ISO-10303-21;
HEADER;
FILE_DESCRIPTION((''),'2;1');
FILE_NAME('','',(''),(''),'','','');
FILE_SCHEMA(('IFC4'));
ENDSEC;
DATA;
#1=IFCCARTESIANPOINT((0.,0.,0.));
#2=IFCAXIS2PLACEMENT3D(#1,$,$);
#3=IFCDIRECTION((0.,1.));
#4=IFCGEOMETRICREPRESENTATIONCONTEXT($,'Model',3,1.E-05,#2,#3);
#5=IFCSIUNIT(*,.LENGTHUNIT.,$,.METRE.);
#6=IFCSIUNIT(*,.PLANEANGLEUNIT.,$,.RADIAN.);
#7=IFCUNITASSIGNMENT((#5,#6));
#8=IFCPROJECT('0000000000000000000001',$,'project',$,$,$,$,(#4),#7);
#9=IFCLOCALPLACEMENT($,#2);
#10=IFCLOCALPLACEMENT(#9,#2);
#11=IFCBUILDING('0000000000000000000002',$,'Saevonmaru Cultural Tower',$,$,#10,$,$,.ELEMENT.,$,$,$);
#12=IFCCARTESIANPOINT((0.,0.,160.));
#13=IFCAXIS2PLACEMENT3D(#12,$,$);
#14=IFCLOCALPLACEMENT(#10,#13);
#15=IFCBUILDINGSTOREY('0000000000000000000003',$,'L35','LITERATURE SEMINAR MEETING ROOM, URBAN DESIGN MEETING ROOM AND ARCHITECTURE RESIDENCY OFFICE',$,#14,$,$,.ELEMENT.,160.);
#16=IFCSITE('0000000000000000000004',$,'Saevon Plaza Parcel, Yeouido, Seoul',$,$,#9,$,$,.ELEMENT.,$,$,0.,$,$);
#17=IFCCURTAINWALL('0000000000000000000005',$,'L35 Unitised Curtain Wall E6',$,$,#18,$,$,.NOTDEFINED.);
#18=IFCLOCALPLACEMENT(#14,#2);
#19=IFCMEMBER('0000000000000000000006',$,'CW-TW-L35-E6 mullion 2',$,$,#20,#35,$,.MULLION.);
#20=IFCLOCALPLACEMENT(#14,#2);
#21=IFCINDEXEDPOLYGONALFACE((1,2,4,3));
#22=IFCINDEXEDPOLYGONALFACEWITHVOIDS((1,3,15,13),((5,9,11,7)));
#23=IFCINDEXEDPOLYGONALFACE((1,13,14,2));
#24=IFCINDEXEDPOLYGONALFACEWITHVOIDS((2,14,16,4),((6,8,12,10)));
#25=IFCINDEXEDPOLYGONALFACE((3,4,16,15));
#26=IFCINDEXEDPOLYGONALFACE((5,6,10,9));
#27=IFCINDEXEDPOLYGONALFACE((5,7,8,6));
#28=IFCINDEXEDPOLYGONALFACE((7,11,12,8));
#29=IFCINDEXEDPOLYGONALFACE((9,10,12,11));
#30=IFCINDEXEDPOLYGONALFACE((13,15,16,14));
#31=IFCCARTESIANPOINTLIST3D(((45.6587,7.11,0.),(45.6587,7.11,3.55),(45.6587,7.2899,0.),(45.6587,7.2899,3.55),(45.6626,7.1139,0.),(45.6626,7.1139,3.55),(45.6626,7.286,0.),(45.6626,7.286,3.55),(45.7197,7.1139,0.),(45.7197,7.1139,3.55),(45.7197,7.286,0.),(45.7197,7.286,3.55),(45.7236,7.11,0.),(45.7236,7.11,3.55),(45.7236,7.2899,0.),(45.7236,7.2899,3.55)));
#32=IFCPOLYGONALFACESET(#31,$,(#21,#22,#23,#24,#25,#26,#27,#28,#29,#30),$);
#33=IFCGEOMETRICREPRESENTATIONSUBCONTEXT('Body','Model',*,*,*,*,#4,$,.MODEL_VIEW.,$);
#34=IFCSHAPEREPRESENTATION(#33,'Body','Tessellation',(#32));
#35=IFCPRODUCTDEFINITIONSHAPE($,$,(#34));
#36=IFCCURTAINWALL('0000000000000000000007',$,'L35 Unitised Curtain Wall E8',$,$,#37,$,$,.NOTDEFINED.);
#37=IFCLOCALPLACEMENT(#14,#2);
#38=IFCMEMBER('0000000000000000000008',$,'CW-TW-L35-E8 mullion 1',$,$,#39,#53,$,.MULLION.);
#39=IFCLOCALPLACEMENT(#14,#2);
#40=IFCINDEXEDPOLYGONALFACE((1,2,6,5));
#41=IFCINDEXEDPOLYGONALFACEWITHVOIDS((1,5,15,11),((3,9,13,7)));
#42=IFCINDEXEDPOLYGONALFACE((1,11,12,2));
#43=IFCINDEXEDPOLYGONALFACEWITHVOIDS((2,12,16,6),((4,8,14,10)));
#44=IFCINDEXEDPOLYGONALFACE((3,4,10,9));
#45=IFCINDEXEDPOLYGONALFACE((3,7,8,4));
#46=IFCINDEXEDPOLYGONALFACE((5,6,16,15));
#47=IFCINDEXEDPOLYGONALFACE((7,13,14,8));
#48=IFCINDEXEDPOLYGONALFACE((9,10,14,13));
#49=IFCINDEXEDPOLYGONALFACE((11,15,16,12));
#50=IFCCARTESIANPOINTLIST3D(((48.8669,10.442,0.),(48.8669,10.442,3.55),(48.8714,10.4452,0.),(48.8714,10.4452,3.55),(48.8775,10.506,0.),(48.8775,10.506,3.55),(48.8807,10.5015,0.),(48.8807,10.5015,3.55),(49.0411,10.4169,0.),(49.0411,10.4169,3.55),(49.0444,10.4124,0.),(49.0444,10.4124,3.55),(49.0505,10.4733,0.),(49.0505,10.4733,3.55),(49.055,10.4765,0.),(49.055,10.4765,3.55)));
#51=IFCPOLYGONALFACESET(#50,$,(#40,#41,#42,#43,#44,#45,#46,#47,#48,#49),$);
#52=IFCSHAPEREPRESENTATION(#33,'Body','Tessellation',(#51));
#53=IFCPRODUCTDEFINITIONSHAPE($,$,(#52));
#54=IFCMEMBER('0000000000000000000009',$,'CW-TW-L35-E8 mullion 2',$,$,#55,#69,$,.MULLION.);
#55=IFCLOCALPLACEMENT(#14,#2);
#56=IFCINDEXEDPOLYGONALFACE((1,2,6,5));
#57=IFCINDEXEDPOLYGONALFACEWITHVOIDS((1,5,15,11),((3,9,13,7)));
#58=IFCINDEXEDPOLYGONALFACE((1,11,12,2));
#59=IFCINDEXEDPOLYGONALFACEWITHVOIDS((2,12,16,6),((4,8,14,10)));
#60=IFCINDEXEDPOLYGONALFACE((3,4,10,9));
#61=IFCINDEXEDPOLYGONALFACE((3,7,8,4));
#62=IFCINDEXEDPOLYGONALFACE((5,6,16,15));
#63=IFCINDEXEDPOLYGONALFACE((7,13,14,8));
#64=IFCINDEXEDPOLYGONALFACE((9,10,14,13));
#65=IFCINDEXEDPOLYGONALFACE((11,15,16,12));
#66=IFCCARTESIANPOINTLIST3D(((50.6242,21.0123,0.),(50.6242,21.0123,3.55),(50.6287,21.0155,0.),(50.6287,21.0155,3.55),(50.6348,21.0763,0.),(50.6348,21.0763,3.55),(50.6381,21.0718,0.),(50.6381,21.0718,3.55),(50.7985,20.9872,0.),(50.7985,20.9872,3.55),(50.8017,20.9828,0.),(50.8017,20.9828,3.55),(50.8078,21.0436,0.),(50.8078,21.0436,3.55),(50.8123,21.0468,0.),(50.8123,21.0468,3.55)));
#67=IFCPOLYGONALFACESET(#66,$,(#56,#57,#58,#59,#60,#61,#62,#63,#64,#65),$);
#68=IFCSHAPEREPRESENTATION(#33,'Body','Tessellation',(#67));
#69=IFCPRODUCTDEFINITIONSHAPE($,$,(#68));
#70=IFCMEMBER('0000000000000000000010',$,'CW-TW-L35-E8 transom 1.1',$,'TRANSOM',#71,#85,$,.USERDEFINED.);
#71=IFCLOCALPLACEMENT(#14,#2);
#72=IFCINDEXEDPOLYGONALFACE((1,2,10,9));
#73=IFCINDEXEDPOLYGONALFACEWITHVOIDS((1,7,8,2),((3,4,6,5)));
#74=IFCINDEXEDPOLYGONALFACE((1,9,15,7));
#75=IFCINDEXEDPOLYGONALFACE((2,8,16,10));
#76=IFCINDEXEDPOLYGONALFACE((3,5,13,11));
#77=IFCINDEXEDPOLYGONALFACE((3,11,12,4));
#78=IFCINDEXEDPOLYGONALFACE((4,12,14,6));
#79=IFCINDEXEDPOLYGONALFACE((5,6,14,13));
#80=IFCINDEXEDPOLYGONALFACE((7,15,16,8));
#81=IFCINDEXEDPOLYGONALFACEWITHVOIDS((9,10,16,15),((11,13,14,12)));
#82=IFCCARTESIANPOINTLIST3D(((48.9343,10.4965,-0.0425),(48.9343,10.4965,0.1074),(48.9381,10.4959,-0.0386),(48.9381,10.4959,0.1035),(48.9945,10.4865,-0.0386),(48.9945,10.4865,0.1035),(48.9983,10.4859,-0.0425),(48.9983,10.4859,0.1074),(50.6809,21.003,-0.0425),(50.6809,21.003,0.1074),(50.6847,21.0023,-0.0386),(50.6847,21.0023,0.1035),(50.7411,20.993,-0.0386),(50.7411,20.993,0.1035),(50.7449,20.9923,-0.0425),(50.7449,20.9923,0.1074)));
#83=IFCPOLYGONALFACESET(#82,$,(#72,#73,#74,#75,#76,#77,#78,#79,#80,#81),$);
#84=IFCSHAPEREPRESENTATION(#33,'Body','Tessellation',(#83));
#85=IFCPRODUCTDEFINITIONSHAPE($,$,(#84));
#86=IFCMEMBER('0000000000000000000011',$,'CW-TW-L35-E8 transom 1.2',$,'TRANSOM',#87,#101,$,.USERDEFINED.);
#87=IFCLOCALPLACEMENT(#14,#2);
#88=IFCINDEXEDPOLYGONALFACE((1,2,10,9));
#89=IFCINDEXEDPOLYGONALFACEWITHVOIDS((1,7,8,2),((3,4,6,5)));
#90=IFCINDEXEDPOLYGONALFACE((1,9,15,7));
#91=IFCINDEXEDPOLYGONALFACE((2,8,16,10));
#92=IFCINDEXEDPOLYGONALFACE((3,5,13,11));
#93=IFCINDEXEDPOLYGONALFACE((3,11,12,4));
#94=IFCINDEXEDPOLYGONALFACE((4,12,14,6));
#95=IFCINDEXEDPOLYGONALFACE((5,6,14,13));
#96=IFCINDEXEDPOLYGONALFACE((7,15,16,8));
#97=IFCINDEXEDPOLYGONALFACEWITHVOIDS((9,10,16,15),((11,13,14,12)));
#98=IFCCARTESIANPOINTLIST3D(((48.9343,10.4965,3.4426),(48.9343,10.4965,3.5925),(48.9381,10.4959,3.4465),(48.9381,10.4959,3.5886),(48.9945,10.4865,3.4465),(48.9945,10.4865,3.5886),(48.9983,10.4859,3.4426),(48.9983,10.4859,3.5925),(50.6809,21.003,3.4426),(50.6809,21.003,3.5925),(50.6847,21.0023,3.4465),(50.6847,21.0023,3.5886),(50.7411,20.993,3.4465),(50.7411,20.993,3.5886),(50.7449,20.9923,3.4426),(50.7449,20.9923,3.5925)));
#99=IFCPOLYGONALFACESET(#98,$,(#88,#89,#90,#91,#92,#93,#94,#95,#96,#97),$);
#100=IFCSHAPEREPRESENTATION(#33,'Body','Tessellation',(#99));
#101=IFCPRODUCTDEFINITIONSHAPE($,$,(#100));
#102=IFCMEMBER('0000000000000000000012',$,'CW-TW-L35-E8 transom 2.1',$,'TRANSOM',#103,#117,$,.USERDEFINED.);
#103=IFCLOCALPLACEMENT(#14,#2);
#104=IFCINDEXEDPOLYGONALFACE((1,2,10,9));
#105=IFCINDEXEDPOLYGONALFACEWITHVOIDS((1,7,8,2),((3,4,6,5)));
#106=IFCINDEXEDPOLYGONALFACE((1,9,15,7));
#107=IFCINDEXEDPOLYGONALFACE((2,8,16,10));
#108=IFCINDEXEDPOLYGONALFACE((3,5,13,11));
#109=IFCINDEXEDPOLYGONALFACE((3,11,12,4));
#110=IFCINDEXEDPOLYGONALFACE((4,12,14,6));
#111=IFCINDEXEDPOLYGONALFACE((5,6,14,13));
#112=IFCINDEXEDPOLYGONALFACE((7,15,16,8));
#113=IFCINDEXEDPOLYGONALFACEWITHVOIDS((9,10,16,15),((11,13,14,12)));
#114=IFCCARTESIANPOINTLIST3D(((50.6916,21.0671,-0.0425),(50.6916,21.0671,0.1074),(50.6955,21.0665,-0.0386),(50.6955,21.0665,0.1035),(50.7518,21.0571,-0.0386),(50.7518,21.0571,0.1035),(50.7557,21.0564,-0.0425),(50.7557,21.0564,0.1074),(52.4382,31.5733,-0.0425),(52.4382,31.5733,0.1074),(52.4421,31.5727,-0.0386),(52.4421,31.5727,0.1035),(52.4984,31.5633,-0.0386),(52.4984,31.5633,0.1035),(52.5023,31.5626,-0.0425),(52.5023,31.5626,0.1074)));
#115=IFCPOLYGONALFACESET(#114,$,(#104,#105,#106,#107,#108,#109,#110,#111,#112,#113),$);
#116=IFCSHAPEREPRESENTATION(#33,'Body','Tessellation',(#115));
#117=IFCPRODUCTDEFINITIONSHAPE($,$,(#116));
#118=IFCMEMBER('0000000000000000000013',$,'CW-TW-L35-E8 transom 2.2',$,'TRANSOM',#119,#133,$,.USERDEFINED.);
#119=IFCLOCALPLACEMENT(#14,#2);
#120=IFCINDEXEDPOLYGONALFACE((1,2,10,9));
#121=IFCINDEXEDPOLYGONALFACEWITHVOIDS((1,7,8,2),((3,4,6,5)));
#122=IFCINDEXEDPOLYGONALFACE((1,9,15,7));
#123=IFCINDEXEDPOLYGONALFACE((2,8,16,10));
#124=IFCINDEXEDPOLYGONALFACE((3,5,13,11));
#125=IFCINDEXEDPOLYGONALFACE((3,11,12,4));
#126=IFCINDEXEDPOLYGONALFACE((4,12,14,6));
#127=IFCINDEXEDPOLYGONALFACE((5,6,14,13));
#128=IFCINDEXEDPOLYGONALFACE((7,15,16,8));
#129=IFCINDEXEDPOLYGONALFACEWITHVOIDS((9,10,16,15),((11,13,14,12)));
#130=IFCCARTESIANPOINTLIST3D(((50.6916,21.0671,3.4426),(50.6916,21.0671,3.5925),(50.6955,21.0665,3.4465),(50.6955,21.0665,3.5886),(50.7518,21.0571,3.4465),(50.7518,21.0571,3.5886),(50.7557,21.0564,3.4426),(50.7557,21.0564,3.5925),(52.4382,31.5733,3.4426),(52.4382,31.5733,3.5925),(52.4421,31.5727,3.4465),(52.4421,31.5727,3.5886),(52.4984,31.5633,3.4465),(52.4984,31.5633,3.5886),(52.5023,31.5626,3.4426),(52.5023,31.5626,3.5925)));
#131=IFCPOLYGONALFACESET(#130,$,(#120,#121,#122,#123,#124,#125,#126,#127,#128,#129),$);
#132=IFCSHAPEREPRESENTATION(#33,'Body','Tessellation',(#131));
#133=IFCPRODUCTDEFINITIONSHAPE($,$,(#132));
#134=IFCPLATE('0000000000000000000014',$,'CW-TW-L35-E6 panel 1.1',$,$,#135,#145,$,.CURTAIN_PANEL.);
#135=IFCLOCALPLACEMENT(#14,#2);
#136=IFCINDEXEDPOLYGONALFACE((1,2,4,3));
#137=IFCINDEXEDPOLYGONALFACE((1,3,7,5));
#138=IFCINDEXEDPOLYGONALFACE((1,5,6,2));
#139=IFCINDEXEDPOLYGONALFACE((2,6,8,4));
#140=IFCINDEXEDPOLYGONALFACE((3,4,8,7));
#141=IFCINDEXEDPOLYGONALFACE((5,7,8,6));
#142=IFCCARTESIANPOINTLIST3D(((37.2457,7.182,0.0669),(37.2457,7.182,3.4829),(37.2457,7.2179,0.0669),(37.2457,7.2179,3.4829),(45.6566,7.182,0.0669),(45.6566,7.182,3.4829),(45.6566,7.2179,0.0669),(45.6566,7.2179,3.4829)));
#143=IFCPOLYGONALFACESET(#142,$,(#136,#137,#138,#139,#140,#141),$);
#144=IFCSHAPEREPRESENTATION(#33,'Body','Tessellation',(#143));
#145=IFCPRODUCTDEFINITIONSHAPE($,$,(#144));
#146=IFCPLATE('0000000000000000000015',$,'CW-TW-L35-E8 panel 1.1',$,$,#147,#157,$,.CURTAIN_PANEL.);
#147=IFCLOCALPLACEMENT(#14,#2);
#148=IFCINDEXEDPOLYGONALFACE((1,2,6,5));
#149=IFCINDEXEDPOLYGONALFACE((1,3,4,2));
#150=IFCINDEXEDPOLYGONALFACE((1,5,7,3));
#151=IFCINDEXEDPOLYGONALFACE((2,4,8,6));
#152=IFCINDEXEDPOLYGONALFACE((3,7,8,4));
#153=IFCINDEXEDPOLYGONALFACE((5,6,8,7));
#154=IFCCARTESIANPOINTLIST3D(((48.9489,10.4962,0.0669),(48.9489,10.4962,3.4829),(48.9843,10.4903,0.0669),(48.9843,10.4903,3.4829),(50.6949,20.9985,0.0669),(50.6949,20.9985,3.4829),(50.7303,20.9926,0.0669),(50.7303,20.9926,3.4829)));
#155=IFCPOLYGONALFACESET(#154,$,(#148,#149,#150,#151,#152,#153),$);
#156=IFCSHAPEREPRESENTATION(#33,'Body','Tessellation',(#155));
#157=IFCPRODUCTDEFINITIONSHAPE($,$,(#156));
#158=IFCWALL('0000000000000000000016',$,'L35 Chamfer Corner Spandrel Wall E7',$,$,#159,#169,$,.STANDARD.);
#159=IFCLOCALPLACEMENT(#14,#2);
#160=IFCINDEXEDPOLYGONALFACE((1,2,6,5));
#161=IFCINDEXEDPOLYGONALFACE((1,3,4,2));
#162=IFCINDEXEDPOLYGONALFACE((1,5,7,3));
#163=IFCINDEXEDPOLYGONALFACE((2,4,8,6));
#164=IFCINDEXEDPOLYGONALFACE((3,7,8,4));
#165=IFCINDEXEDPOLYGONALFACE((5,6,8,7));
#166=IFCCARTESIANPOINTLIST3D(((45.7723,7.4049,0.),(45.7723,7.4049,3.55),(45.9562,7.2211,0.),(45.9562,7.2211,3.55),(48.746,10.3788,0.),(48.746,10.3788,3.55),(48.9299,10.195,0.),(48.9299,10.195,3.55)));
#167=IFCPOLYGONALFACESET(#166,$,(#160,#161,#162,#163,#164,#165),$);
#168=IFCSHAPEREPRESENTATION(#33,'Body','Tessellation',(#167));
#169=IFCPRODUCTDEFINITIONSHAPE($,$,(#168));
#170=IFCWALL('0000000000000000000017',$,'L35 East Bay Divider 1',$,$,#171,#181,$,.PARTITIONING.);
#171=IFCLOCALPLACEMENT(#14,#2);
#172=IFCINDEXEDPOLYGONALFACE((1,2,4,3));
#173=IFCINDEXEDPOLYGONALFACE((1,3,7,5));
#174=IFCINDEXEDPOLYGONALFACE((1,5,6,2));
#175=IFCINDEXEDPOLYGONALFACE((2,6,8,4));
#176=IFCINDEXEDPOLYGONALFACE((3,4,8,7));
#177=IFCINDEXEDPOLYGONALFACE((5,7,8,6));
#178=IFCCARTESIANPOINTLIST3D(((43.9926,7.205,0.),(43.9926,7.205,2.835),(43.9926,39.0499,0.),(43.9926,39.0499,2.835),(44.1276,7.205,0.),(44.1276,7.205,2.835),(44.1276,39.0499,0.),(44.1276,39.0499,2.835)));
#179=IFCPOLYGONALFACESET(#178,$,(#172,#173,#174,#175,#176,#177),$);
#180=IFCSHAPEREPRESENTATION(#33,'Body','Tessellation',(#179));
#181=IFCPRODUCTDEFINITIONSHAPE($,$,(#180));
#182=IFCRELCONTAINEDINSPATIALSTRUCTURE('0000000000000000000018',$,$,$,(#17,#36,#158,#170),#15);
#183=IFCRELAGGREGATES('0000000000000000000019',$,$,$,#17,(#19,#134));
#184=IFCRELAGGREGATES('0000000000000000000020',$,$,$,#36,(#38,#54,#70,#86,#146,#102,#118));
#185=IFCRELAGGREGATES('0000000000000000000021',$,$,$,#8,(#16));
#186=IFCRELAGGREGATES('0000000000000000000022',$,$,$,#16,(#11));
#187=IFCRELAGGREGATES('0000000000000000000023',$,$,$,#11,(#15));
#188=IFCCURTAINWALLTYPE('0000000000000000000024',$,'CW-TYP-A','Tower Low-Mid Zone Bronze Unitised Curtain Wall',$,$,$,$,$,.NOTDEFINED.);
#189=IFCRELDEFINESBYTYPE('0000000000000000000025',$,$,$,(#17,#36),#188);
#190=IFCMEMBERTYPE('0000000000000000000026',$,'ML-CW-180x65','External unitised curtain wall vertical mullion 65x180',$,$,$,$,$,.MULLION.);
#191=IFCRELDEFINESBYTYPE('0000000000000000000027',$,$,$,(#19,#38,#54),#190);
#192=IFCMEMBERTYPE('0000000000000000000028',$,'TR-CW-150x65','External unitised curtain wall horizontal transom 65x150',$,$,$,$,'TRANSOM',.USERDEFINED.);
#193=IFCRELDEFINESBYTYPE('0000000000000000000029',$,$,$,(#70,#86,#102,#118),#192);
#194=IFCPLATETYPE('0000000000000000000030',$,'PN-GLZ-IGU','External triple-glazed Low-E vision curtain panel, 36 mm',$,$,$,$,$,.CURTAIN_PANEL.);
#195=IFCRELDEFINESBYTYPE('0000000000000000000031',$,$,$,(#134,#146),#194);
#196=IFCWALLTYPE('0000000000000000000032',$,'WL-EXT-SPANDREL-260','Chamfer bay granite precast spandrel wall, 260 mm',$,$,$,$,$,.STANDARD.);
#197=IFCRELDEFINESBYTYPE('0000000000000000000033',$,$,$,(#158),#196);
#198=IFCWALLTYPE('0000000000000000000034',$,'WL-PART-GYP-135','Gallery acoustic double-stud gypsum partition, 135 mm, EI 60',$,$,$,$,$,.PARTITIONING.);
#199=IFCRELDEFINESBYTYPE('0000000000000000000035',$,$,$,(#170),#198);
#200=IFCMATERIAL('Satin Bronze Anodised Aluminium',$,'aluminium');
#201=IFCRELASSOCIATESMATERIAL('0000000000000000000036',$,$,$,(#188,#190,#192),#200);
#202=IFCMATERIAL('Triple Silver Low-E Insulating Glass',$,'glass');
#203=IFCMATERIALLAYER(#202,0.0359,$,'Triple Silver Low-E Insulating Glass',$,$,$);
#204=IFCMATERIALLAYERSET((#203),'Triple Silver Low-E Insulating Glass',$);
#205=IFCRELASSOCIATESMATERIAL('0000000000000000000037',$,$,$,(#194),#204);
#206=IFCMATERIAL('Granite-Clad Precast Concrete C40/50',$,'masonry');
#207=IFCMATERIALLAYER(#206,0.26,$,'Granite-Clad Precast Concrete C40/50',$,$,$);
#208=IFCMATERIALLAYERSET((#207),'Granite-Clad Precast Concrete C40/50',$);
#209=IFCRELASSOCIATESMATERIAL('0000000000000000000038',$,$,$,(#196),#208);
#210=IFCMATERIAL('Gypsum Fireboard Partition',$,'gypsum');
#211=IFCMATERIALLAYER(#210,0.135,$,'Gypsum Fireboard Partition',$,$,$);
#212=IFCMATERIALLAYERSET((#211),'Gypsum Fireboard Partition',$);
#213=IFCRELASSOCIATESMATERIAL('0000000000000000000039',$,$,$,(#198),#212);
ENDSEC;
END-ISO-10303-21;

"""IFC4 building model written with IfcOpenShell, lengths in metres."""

from ifc_helpers import new_model, si_unit, direction, frame, frame_2d, origin, origin_2d, place, context, subcontext, project, spatial, rectangle, hollow_rectangle, extrude, material, layer, layer_set, material_profile, profile_set, type_object, element, aggregate, save


model = new_model("IFC4")

# Units and contexts
model_context = context("Model", 3, precision=1e-05, world=origin(), true_north=direction((0.0, 1.0)))
body_context = subcontext(model_context, "Body", "Model", "MODEL_VIEW")
ifc_project = project(units=[si_unit("LENGTHUNIT", "METRE"), si_unit("PLANEANGLEUNIT", "RADIAN")], contexts=[model_context])

# Site, building, storey
site_placement = place(None, origin())
site = spatial("IfcSite", under=ifc_project, at=site_placement, Name="Saevon Plaza Parcel, Yeouido, Seoul", CompositionType="ELEMENT", RefElevation=0.0)
building_placement = place(site_placement, origin())
building = spatial("IfcBuilding", under=site, at=building_placement, Name="Saevonmaru Cultural Tower", CompositionType="ELEMENT")
storey_placement = place(building_placement, frame((0.0, 0.0, 160.0)))
storey = spatial("IfcBuildingStorey", under=building, at=storey_placement, Name="L35", Description="LITERATURE SEMINAR MEETING ROOM, URBAN DESIGN MEETING ROOM AND ARCHITECTURE RESIDENCY OFFICE", CompositionType="ELEMENT", Elevation=160.0)

# Curtain wall, member
ifc_material_1 = material(Name="Satin Bronze Anodised Aluminium", Category="aluminium")
curtain_wall_type = type_object("IfcCurtainWallType", Name="CW-TYP-A", Description="Tower Low-Mid Zone Bronze Unitised Curtain Wall", PredefinedType="NOTDEFINED", material=ifc_material_1)
curtain_wall_1_placement = place(storey_placement, origin())
curtain_wall_1 = element("IfcCurtainWall", 1, at=curtain_wall_1_placement, inside=storey, type_object=curtain_wall_type, Name="L35 Unitised Curtain Wall E6", PredefinedType="NOTDEFINED")
ifc_material_profile_1 = material_profile(ifc_material_1, hollow_rectangle(XDim=0.0649, YDim=0.1799, WallThickness=0.0039, at=origin_2d()), Name="ALU-MULL-180x65x4")
ifc_profile_set_1 = profile_set([ifc_material_profile_1], Name="Satin Bronze Anodised Aluminium")
member_type_1 = type_object("IfcMemberType", Name="ML-CW-180x65", Description="External unitised curtain wall vertical mullion 65x180", PredefinedType="MULLION", material=ifc_profile_set_1)
member_1_placement = place(storey_placement, frame((45.6912, 7.2, 0.0), z_axis=(0.0, 0.0, 1.0), x_axis=(1.0, 0.0, 0.0)))
member_1 = element("IfcMember", 2, at=member_1_placement, type_object=member_type_1, Name="CW-TW-L35-E6 mullion 2", PredefinedType="MULLION", context=body_context, shape_type="SweptSolid", body=[
    extrude(hollow_rectangle(XDim=0.0649, YDim=0.1799, WallThickness=0.0039, at=origin_2d()), origin(), (0.0, 0.0, 1.0), 3.55),
])

# Curtain wall, members
curtain_wall_2_placement = place(storey_placement, origin())
curtain_wall_2 = element("IfcCurtainWall", 3, at=curtain_wall_2_placement, inside=storey, type_object=curtain_wall_type, Name="L35 Unitised Curtain Wall E8", PredefinedType="NOTDEFINED")
member_2_placement = place(storey_placement, frame((48.9609, 10.4592, 0.0), z_axis=(0.0, 0.0, 1.0), x_axis=(0.163999, 0.986461, 0.0)))
member_2 = element("IfcMember", 4, at=member_2_placement, type_object=member_type_1, Name="CW-TW-L35-E8 mullion 1", PredefinedType="MULLION", context=body_context, shape_type="SweptSolid", body=[
    extrude(hollow_rectangle(XDim=0.0649, YDim=0.1799, WallThickness=0.0039, at=origin_2d()), origin(), (0.0, 0.0, 1.0), 3.55),
])
member_3_placement = place(storey_placement, frame((50.7183, 21.0295, 0.0), z_axis=(0.0, 0.0, 1.0), x_axis=(0.163999, 0.986461, 0.0)))
member_3 = element("IfcMember", 5, at=member_3_placement, type_object=member_type_1, Name="CW-TW-L35-E8 mullion 2", PredefinedType="MULLION", context=body_context, shape_type="SweptSolid", body=[
    extrude(hollow_rectangle(XDim=0.0649, YDim=0.1799, WallThickness=0.0039, at=origin_2d()), origin(), (0.0, 0.0, 1.0), 3.55),
])
ifc_material_profile_2 = material_profile(ifc_material_1, hollow_rectangle(XDim=0.0649, YDim=0.1499, WallThickness=0.0039, at=origin_2d()), Name="ALU-TRAN-150x65x4")
ifc_profile_set_2 = profile_set([ifc_material_profile_2], Name="Satin Bronze Anodised Aluminium")
member_type_2 = type_object("IfcMemberType", Name="TR-CW-150x65", Description="External unitised curtain wall horizontal transom 65x150", ElementType="TRANSOM", PredefinedType="USERDEFINED", material=ifc_profile_set_2)
member_4_placement = place(storey_placement, frame((48.9663, 10.4912, 0.0325), z_axis=(0.16399, 0.986462, 0.0), x_axis=(-0.986462, 0.16399, 0.0)))
member_4 = element("IfcMember", 6, at=member_4_placement, type_object=member_type_2, Name="CW-TW-L35-E8 transom 1.1", ObjectType="TRANSOM", PredefinedType="USERDEFINED", context=body_context, shape_type="SweptSolid", body=[
    extrude(hollow_rectangle(XDim=0.0649, YDim=0.1499, WallThickness=0.0039, at=origin_2d()), origin(), (0.0, 0.0, 1.0), 10.6506),
])
member_5_placement = place(storey_placement, frame((48.9663, 10.4912, 3.5176), z_axis=(0.16399, 0.986462, 0.0), x_axis=(-0.986462, 0.16399, 0.0)))
member_5 = element("IfcMember", 7, at=member_5_placement, type_object=member_type_2, Name="CW-TW-L35-E8 transom 1.2", ObjectType="TRANSOM", PredefinedType="USERDEFINED", context=body_context, shape_type="SweptSolid", body=[
    extrude(hollow_rectangle(XDim=0.0649, YDim=0.1499, WallThickness=0.0039, at=origin_2d()), origin(), (0.0, 0.0, 1.0), 10.6506),
])
member_6_placement = place(storey_placement, frame((50.7236, 21.0618, 0.0325), z_axis=(0.163994, 0.986461, 0.0), x_axis=(-0.986461, 0.163994, 0.0)))
member_6 = element("IfcMember", 8, at=member_6_placement, type_object=member_type_2, Name="CW-TW-L35-E8 transom 2.1", ObjectType="TRANSOM", PredefinedType="USERDEFINED", context=body_context, shape_type="SweptSolid", body=[
    extrude(hollow_rectangle(XDim=0.0649, YDim=0.1499, WallThickness=0.0039, at=origin_2d()), origin(), (0.0, 0.0, 1.0), 10.6504),
])
member_7_placement = place(storey_placement, frame((50.7236, 21.0618, 3.5176), z_axis=(0.163994, 0.986461, 0.0), x_axis=(-0.986461, 0.163994, 0.0)))
member_7 = element("IfcMember", 9, at=member_7_placement, type_object=member_type_2, Name="CW-TW-L35-E8 transom 2.2", ObjectType="TRANSOM", PredefinedType="USERDEFINED", context=body_context, shape_type="SweptSolid", body=[
    extrude(hollow_rectangle(XDim=0.0649, YDim=0.1499, WallThickness=0.0039, at=origin_2d()), origin(), (0.0, 0.0, 1.0), 10.6504),
])

# Plates
ifc_material_2 = material(Name="Triple Silver Low-E Insulating Glass", Category="glass")
ifc_layer_1 = layer(ifc_material_2, 0.0359, Name="Triple Silver Low-E Insulating Glass")
ifc_layer_set_1 = layer_set([ifc_layer_1], Name="Triple Silver Low-E Insulating Glass")
plate_type = type_object("IfcPlateType", Name="PN-GLZ-IGU", Description="External triple-glazed Low-E vision curtain panel, 36 mm", PredefinedType="CURTAIN_PANEL", material=ifc_layer_set_1)
plate_1_placement = place(storey_placement, frame((41.4512, 7.2, 0.0669), z_axis=(0.0, 0.0, 1.0), x_axis=(1.0, 0.0, 0.0)))
plate_1 = element("IfcPlate", 10, at=plate_1_placement, type_object=plate_type, Name="CW-TW-L35-E6 panel 1.1", PredefinedType="CURTAIN_PANEL", context=body_context, shape_type="SweptSolid", body=[
    extrude(rectangle(XDim=8.4109, YDim=0.0359, at=origin_2d()), origin(), (0.0, 0.0, 1.0), 3.416),
])
aggregate(curtain_wall_1, [member_1, plate_1])
plate_2_placement = place(storey_placement, frame((49.8396, 15.7444, 0.0669), z_axis=(0.0, 0.0, 1.0), x_axis=(0.163999, 0.986461, 0.0)))
plate_2 = element("IfcPlate", 11, at=plate_2_placement, type_object=plate_type, Name="CW-TW-L35-E8 panel 1.1", PredefinedType="CURTAIN_PANEL", context=body_context, shape_type="SweptSolid", body=[
    extrude(rectangle(XDim=10.6465, YDim=0.0359, at=origin_2d()), origin(), (0.0, 0.0, 1.0), 3.416),
])
aggregate(curtain_wall_2, [member_2, member_3, member_4, member_5, plate_2, member_6, member_7])

# Walls
ifc_material_3 = material(Name="Granite-Clad Precast Concrete C40/50", Category="masonry")
ifc_layer_2 = layer(ifc_material_3, 0.26, Name="Granite-Clad Precast Concrete C40/50")
ifc_layer_set_2 = layer_set([ifc_layer_2], Name="Granite-Clad Precast Concrete C40/50")
wall_type_1 = type_object("IfcWallType", Name="WL-EXT-SPANDREL-260", Description="Chamfer bay granite precast spandrel wall, 260 mm", PredefinedType="STANDARD", material=ifc_layer_set_2)
wall_1_placement = place(storey_placement, frame((45.8643, 7.313, 0.0), z_axis=(0.0, 0.0, 1.0), x_axis=(0.707078, 0.707136, 0.0)))
element("IfcWall", 12, at=wall_1_placement, inside=storey, type_object=wall_type_1, Name="L35 Chamfer Corner Spandrel Wall E7", PredefinedType="STANDARD", context=body_context, shape_type="SweptSolid", body=[
    extrude(rectangle(XDim=4.2056, YDim=0.26, at=frame_2d((2.1028, 0.0))), origin(), (0.0, 0.0, 1.0), 3.55),
])
ifc_material_4 = material(Name="Gypsum Fireboard Partition", Category="gypsum")
ifc_layer_3 = layer(ifc_material_4, 0.135, Name="Gypsum Fireboard Partition")
ifc_layer_set_3 = layer_set([ifc_layer_3], Name="Gypsum Fireboard Partition")
wall_type_2 = type_object("IfcWallType", Name="WL-PART-GYP-135", Description="Gallery acoustic double-stud gypsum partition, 135 mm, EI 60", PredefinedType="PARTITIONING", material=ifc_layer_set_3)
wall_2_placement = place(storey_placement, frame((44.0601, 7.2051, 0.0), z_axis=(0.0, 0.0, 1.0), x_axis=(0.0, 1.0, 0.0)))
element("IfcWall", 13, at=wall_2_placement, inside=storey, type_object=wall_type_2, Name="L35 East Bay Divider 1", PredefinedType="PARTITIONING", context=body_context, shape_type="SweptSolid", body=[
    extrude(rectangle(XDim=31.845, YDim=0.135, at=frame_2d((15.9224, 0.0))), origin(), (0.0, 0.0, 1.0), 2.835),
])

save(model, "model.ifc")
